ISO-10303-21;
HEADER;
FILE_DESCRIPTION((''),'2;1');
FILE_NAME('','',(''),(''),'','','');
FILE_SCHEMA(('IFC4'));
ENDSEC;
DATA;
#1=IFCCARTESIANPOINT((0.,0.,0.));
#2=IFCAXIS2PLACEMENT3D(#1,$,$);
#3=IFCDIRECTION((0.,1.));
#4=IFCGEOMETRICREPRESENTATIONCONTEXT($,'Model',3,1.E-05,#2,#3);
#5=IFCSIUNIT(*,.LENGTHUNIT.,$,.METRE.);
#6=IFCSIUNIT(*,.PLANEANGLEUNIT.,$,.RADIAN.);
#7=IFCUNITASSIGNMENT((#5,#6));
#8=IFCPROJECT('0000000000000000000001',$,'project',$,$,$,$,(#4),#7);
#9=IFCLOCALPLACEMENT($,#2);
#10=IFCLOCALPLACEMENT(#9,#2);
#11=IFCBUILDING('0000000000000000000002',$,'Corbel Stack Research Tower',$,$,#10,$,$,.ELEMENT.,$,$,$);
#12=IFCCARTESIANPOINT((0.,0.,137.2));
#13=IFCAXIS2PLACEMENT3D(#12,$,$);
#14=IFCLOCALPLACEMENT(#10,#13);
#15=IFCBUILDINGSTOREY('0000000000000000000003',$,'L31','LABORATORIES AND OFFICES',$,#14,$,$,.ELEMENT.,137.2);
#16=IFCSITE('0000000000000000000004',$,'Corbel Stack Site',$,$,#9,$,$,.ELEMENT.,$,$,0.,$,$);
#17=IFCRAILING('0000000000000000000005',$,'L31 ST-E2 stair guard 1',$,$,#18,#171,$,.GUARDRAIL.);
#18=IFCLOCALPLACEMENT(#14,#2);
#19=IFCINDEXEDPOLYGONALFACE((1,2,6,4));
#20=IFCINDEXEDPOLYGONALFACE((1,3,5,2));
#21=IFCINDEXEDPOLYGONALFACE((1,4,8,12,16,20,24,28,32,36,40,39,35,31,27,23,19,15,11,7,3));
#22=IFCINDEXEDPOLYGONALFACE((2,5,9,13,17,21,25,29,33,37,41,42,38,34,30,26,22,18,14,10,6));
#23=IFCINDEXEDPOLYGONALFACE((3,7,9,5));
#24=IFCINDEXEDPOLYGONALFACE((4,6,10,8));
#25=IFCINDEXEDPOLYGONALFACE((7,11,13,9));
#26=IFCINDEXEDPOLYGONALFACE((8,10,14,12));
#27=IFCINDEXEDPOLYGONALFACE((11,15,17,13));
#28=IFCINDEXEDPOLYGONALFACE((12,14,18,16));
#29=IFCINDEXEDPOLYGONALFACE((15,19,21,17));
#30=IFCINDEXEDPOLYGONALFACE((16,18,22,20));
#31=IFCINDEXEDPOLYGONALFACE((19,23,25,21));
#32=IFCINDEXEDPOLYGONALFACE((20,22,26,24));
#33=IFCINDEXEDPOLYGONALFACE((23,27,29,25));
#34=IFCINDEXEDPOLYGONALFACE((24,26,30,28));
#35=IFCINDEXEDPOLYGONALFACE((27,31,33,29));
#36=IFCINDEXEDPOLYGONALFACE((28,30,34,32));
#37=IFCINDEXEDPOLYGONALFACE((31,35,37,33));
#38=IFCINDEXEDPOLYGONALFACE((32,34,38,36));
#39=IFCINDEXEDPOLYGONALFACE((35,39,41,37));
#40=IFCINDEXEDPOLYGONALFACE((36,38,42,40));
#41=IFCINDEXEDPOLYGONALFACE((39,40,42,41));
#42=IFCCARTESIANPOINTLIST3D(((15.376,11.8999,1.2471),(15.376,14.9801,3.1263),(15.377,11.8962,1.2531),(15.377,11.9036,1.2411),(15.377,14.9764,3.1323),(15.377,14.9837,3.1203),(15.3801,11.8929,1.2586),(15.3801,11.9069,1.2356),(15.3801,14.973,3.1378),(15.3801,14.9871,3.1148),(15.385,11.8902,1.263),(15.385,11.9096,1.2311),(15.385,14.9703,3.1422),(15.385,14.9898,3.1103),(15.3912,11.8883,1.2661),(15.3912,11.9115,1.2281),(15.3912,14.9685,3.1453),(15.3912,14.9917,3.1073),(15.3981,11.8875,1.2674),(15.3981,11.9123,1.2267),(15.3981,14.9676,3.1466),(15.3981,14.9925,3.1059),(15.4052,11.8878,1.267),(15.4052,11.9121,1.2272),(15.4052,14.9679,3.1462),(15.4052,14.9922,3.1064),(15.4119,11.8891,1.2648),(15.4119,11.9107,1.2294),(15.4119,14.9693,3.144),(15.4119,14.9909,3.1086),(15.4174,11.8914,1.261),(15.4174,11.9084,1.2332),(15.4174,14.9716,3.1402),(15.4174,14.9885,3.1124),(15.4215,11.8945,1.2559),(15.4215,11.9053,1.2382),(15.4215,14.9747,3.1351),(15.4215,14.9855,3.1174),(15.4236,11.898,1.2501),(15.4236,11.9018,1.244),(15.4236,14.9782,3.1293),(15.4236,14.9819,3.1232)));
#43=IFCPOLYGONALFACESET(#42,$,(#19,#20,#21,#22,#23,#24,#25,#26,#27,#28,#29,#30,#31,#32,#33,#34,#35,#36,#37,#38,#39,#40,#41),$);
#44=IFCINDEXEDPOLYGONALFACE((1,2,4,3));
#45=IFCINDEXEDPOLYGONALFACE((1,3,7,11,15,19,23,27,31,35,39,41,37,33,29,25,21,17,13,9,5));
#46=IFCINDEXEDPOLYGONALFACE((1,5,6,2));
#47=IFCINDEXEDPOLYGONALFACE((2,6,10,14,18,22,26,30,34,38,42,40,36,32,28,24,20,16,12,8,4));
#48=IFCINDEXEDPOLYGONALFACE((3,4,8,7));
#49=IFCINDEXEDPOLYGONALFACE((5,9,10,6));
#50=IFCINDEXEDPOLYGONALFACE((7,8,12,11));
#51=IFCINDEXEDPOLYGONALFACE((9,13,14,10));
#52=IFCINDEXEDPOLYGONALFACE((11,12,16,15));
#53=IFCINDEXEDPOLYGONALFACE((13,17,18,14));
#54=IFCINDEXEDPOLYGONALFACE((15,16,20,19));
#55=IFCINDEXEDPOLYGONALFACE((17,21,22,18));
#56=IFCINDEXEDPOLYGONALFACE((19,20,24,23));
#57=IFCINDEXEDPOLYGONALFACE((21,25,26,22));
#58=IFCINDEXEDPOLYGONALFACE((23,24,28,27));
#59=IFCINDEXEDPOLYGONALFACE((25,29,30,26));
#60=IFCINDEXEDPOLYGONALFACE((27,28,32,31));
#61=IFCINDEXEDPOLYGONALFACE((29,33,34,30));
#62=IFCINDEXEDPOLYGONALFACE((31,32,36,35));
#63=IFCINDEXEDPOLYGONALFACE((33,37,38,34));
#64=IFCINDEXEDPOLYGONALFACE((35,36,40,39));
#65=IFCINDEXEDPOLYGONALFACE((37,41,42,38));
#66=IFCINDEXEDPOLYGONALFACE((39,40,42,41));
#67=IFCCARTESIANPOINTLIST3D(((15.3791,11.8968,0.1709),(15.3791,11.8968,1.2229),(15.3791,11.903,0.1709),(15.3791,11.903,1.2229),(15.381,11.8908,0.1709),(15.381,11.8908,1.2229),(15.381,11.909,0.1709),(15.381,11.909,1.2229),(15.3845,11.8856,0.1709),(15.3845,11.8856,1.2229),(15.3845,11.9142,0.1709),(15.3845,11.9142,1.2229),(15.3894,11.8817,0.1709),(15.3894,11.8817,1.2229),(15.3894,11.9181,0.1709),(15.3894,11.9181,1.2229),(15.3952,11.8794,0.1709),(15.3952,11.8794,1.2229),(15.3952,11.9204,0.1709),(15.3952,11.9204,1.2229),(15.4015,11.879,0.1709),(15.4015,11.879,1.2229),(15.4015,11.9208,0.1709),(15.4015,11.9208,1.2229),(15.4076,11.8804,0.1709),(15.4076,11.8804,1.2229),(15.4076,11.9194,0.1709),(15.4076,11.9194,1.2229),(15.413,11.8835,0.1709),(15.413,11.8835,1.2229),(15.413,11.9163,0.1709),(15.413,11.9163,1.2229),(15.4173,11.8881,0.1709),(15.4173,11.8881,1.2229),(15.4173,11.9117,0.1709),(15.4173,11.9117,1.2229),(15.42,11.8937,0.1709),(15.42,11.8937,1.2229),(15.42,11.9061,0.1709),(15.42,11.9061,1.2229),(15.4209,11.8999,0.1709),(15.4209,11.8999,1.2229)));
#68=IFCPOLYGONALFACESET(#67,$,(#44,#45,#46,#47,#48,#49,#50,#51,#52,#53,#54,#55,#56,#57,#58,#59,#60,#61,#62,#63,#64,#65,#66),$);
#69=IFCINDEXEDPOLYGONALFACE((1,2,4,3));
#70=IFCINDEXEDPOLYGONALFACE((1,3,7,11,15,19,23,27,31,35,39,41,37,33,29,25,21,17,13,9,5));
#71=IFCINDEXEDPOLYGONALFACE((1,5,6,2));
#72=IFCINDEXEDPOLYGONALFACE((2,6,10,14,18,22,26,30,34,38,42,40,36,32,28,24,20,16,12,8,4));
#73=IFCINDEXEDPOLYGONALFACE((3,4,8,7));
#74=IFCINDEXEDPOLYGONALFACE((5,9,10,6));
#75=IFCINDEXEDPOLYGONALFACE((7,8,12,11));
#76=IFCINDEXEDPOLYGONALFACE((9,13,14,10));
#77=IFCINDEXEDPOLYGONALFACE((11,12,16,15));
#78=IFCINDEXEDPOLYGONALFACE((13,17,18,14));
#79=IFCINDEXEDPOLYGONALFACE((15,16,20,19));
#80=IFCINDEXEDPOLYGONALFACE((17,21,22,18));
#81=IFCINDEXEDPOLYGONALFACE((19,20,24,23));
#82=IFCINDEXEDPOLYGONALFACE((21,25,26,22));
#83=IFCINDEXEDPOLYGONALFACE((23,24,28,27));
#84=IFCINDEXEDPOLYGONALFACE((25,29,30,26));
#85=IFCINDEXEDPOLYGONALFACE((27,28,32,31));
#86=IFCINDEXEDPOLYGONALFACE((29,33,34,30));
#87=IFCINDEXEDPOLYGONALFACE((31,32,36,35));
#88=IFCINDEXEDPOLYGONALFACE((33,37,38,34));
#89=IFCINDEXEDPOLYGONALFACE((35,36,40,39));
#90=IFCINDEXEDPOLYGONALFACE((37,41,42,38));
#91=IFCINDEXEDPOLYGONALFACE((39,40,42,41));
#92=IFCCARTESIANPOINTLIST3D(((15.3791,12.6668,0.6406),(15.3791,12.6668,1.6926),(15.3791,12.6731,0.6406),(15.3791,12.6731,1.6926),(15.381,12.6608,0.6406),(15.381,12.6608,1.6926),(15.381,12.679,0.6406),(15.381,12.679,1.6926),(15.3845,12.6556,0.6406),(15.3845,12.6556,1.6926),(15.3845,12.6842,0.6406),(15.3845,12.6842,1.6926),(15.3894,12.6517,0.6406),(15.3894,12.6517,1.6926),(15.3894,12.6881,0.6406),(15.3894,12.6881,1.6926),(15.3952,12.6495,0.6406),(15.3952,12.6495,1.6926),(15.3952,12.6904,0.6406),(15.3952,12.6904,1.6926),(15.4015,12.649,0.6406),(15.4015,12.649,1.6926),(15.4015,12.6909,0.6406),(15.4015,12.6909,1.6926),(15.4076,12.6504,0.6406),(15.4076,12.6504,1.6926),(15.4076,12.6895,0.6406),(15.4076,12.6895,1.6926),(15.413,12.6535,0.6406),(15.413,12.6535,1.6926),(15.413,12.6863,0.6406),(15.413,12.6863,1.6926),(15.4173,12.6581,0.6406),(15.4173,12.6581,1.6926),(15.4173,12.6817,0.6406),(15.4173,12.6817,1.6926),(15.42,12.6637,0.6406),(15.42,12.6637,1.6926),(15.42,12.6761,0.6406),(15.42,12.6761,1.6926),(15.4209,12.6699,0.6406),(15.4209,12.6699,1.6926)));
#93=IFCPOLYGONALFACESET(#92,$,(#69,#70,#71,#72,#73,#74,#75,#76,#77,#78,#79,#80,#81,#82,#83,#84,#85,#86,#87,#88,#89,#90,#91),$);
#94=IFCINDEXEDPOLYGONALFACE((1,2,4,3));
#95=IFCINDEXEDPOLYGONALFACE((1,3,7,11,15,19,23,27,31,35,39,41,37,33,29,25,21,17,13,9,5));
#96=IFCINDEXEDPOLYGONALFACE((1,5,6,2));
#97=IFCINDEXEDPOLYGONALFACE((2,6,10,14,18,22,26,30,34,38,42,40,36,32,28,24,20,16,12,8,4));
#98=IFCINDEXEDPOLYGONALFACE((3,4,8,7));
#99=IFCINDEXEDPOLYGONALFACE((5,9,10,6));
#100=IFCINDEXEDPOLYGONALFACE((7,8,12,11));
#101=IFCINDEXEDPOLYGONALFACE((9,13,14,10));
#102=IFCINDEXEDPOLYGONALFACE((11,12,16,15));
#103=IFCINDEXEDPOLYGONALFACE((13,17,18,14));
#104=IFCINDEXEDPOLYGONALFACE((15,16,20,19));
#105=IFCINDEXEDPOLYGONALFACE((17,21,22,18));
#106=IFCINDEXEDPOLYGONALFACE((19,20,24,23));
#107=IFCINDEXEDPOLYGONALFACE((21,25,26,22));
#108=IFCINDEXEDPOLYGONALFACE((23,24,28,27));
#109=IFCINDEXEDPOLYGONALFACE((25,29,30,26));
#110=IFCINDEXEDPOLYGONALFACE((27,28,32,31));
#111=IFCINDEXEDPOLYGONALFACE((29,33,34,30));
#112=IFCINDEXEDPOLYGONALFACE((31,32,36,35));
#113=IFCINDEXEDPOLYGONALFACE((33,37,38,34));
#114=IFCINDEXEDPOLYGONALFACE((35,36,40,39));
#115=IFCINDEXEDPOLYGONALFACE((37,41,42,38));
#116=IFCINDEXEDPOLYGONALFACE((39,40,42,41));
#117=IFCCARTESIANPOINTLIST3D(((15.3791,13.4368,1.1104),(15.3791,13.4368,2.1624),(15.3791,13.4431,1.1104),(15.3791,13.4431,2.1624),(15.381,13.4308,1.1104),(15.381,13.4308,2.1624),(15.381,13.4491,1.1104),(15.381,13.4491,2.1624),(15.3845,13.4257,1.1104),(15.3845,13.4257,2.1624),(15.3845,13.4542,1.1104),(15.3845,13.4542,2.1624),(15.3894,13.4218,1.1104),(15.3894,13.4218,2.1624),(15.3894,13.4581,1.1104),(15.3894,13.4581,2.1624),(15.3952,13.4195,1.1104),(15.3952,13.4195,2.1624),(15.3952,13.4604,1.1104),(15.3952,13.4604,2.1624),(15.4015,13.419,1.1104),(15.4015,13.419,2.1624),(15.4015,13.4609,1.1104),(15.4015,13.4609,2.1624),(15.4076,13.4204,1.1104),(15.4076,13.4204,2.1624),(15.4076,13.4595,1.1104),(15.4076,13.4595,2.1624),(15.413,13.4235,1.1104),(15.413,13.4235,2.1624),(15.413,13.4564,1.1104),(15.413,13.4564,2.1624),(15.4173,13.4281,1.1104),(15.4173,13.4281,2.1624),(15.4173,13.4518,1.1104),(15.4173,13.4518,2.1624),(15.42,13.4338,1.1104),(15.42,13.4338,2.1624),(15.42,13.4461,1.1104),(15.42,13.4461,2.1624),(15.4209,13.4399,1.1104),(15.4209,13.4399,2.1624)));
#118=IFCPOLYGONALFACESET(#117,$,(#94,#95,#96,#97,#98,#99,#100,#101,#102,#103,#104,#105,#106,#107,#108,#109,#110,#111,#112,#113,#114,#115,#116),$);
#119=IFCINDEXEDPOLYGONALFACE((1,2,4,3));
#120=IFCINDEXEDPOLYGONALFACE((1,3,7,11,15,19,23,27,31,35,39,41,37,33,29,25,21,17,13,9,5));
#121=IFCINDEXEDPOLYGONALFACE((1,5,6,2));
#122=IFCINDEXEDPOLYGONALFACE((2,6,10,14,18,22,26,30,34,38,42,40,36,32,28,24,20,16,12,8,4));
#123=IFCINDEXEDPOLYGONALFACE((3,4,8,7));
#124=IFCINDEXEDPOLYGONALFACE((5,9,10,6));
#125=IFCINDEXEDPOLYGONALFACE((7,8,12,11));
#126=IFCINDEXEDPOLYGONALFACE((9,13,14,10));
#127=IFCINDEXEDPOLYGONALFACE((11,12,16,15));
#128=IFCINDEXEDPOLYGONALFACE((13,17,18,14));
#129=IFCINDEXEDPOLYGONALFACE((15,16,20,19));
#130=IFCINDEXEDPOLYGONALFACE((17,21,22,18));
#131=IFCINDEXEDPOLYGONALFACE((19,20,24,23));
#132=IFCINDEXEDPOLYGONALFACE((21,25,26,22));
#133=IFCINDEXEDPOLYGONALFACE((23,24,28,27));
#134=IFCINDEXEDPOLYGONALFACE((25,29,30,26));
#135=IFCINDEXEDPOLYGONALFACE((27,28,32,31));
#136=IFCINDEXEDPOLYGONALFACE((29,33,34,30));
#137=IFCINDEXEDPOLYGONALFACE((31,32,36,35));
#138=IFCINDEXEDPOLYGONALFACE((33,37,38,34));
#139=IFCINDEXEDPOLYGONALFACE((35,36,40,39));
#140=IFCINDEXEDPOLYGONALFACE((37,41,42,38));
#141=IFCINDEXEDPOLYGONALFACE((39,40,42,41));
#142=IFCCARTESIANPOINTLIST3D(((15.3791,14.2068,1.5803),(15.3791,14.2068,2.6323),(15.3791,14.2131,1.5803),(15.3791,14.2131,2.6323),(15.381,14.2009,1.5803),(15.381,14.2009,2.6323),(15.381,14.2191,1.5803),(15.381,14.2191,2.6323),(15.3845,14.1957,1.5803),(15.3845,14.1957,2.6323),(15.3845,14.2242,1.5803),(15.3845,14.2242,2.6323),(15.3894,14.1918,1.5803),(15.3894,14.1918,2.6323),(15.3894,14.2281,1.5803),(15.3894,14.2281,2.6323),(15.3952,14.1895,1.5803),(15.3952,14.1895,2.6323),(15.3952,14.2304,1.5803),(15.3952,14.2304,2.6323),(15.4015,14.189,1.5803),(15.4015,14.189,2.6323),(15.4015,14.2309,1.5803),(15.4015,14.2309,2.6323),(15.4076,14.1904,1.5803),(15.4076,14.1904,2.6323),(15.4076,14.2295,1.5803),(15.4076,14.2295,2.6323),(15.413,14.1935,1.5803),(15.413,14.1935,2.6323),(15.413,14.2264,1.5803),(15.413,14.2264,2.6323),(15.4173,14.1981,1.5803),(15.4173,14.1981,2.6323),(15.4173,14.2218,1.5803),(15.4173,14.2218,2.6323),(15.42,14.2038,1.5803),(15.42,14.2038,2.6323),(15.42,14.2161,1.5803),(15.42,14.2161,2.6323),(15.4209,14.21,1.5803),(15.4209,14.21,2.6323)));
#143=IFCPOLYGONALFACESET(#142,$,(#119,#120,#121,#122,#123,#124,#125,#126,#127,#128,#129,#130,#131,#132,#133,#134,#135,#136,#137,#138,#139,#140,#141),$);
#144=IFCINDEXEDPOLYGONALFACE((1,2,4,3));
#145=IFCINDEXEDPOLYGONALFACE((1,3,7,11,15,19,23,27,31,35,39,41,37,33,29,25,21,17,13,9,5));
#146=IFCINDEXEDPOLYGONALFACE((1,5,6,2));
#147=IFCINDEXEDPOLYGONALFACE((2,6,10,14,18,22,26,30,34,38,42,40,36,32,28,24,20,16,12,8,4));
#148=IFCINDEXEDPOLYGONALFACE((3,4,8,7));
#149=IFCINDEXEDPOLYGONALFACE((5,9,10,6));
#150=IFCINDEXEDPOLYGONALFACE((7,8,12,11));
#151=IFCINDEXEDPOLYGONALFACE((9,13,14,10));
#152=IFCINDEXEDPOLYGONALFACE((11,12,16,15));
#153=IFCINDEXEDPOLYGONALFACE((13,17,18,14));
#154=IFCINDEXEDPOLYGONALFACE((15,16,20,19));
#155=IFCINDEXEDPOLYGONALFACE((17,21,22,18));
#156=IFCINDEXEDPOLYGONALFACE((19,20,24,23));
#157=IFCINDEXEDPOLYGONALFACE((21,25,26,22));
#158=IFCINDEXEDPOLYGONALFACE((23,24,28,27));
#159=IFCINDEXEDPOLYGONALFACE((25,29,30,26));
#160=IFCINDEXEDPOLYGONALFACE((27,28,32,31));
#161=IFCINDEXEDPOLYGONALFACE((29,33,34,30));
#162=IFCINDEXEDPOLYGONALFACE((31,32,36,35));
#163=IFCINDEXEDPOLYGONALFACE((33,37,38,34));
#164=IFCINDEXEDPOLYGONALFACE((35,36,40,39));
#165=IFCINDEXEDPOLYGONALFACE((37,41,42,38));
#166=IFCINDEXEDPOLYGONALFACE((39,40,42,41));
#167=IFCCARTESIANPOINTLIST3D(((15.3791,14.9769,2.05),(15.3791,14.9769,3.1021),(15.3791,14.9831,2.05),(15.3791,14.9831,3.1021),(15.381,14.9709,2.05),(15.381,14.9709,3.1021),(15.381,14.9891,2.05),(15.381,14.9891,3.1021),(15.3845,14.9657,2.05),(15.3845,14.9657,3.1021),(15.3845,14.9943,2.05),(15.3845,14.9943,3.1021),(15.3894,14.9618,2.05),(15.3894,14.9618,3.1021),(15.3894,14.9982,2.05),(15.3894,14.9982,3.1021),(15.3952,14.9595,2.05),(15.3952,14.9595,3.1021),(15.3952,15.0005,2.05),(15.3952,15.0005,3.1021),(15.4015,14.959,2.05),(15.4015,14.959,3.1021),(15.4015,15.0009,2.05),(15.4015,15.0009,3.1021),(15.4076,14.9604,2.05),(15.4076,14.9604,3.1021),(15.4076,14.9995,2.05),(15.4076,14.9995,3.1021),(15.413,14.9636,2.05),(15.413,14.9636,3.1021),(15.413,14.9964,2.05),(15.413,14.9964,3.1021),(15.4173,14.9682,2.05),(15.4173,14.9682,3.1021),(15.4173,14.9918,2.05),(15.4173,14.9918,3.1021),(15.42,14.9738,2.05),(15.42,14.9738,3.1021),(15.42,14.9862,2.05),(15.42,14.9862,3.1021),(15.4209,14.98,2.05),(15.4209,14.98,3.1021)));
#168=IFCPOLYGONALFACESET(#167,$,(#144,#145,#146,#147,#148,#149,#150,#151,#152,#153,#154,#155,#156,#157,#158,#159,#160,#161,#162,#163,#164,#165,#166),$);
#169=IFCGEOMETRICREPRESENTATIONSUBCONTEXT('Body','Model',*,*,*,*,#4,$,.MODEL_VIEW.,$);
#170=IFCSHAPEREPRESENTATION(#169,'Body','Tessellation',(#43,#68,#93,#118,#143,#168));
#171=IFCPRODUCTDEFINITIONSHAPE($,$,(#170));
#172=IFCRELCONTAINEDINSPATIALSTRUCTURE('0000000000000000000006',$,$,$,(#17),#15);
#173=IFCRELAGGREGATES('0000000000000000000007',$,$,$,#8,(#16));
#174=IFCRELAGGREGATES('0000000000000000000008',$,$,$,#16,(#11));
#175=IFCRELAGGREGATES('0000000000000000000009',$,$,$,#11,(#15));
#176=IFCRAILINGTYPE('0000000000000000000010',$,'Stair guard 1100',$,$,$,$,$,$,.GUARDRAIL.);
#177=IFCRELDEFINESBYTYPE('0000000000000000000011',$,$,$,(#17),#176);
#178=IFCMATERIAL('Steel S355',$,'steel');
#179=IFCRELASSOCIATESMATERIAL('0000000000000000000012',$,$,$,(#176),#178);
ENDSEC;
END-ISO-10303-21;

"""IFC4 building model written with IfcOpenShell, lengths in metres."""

from ifc_helpers import new_model, si_unit, direction, frame, origin, origin_2d, place, context, subcontext, project, spatial, circle, extrude, material, type_object, element, save


model = new_model("IFC4")

# Units and contexts
model_context = context("Model", 3, precision=1e-05, world=origin(), true_north=direction((0.0, 1.0)))
body_context = subcontext(model_context, "Body", "Model", "MODEL_VIEW")
ifc_project = project(units=[si_unit("LENGTHUNIT", "METRE"), si_unit("PLANEANGLEUNIT", "RADIAN")], contexts=[model_context])

# Site, building, storey
site_placement = place(None, origin())
site = spatial("IfcSite", under=ifc_project, at=site_placement, Name="Corbel Stack Site", CompositionType="ELEMENT", RefElevation=0.0)
building_placement = place(site_placement, origin())
building = spatial("IfcBuilding", under=site, at=building_placement, Name="Corbel Stack Research Tower", CompositionType="ELEMENT")
storey_placement = place(building_placement, frame((0.0, 0.0, 137.2)))
storey = spatial("IfcBuildingStorey", under=building, at=storey_placement, Name="L31", Description="LABORATORIES AND OFFICES", CompositionType="ELEMENT", Elevation=137.2)

# Railing
ifc_material_1 = material(Name="Steel S355", Category="steel")
railing_type_1 = type_object("IfcRailingType", Name="Stair guard 1100", PredefinedType="GUARDRAIL", material=ifc_material_1)
railing_1_placement = place(storey_placement, frame((15.3999, 11.8999, 0.1709)))
element("IfcRailing", 1, at=railing_1_placement, inside=storey, type_object=railing_type_1, Name="L31 ST-E2 stair guard 1", PredefinedType="GUARDRAIL", context=body_context, shape_type="SweptSolid", body=[
    extrude(circle(Radius=0.0239, at=origin_2d()), frame((0.0, 0.0, 1.0762), z_axis=(0.0, 0.853666, 0.52082), x_axis=(-1.0, 0.0, 0.0)), (0.0, 0.0, 1.0), 3.6082),
    extrude(circle(Radius=0.021, at=origin_2d()), origin(), (0.0, 0.0, 1.0), 1.052),
    extrude(circle(Radius=0.021, at=origin_2d()), frame((0.0, 0.77, 0.4697)), (0.0, 0.0, 1.0), 1.052),
    extrude(circle(Radius=0.021, at=origin_2d()), frame((0.0, 1.54, 0.9395)), (0.0, 0.0, 1.0), 1.052),
    extrude(circle(Radius=0.021, at=origin_2d()), frame((0.0, 2.3101, 1.4094)), (0.0, 0.0, 1.0), 1.052),
    extrude(circle(Radius=0.021, at=origin_2d()), frame((0.0, 3.0801, 1.8792)), (0.0, 0.0, 1.0), 1.052),
])

save(model, "model.ifc")
